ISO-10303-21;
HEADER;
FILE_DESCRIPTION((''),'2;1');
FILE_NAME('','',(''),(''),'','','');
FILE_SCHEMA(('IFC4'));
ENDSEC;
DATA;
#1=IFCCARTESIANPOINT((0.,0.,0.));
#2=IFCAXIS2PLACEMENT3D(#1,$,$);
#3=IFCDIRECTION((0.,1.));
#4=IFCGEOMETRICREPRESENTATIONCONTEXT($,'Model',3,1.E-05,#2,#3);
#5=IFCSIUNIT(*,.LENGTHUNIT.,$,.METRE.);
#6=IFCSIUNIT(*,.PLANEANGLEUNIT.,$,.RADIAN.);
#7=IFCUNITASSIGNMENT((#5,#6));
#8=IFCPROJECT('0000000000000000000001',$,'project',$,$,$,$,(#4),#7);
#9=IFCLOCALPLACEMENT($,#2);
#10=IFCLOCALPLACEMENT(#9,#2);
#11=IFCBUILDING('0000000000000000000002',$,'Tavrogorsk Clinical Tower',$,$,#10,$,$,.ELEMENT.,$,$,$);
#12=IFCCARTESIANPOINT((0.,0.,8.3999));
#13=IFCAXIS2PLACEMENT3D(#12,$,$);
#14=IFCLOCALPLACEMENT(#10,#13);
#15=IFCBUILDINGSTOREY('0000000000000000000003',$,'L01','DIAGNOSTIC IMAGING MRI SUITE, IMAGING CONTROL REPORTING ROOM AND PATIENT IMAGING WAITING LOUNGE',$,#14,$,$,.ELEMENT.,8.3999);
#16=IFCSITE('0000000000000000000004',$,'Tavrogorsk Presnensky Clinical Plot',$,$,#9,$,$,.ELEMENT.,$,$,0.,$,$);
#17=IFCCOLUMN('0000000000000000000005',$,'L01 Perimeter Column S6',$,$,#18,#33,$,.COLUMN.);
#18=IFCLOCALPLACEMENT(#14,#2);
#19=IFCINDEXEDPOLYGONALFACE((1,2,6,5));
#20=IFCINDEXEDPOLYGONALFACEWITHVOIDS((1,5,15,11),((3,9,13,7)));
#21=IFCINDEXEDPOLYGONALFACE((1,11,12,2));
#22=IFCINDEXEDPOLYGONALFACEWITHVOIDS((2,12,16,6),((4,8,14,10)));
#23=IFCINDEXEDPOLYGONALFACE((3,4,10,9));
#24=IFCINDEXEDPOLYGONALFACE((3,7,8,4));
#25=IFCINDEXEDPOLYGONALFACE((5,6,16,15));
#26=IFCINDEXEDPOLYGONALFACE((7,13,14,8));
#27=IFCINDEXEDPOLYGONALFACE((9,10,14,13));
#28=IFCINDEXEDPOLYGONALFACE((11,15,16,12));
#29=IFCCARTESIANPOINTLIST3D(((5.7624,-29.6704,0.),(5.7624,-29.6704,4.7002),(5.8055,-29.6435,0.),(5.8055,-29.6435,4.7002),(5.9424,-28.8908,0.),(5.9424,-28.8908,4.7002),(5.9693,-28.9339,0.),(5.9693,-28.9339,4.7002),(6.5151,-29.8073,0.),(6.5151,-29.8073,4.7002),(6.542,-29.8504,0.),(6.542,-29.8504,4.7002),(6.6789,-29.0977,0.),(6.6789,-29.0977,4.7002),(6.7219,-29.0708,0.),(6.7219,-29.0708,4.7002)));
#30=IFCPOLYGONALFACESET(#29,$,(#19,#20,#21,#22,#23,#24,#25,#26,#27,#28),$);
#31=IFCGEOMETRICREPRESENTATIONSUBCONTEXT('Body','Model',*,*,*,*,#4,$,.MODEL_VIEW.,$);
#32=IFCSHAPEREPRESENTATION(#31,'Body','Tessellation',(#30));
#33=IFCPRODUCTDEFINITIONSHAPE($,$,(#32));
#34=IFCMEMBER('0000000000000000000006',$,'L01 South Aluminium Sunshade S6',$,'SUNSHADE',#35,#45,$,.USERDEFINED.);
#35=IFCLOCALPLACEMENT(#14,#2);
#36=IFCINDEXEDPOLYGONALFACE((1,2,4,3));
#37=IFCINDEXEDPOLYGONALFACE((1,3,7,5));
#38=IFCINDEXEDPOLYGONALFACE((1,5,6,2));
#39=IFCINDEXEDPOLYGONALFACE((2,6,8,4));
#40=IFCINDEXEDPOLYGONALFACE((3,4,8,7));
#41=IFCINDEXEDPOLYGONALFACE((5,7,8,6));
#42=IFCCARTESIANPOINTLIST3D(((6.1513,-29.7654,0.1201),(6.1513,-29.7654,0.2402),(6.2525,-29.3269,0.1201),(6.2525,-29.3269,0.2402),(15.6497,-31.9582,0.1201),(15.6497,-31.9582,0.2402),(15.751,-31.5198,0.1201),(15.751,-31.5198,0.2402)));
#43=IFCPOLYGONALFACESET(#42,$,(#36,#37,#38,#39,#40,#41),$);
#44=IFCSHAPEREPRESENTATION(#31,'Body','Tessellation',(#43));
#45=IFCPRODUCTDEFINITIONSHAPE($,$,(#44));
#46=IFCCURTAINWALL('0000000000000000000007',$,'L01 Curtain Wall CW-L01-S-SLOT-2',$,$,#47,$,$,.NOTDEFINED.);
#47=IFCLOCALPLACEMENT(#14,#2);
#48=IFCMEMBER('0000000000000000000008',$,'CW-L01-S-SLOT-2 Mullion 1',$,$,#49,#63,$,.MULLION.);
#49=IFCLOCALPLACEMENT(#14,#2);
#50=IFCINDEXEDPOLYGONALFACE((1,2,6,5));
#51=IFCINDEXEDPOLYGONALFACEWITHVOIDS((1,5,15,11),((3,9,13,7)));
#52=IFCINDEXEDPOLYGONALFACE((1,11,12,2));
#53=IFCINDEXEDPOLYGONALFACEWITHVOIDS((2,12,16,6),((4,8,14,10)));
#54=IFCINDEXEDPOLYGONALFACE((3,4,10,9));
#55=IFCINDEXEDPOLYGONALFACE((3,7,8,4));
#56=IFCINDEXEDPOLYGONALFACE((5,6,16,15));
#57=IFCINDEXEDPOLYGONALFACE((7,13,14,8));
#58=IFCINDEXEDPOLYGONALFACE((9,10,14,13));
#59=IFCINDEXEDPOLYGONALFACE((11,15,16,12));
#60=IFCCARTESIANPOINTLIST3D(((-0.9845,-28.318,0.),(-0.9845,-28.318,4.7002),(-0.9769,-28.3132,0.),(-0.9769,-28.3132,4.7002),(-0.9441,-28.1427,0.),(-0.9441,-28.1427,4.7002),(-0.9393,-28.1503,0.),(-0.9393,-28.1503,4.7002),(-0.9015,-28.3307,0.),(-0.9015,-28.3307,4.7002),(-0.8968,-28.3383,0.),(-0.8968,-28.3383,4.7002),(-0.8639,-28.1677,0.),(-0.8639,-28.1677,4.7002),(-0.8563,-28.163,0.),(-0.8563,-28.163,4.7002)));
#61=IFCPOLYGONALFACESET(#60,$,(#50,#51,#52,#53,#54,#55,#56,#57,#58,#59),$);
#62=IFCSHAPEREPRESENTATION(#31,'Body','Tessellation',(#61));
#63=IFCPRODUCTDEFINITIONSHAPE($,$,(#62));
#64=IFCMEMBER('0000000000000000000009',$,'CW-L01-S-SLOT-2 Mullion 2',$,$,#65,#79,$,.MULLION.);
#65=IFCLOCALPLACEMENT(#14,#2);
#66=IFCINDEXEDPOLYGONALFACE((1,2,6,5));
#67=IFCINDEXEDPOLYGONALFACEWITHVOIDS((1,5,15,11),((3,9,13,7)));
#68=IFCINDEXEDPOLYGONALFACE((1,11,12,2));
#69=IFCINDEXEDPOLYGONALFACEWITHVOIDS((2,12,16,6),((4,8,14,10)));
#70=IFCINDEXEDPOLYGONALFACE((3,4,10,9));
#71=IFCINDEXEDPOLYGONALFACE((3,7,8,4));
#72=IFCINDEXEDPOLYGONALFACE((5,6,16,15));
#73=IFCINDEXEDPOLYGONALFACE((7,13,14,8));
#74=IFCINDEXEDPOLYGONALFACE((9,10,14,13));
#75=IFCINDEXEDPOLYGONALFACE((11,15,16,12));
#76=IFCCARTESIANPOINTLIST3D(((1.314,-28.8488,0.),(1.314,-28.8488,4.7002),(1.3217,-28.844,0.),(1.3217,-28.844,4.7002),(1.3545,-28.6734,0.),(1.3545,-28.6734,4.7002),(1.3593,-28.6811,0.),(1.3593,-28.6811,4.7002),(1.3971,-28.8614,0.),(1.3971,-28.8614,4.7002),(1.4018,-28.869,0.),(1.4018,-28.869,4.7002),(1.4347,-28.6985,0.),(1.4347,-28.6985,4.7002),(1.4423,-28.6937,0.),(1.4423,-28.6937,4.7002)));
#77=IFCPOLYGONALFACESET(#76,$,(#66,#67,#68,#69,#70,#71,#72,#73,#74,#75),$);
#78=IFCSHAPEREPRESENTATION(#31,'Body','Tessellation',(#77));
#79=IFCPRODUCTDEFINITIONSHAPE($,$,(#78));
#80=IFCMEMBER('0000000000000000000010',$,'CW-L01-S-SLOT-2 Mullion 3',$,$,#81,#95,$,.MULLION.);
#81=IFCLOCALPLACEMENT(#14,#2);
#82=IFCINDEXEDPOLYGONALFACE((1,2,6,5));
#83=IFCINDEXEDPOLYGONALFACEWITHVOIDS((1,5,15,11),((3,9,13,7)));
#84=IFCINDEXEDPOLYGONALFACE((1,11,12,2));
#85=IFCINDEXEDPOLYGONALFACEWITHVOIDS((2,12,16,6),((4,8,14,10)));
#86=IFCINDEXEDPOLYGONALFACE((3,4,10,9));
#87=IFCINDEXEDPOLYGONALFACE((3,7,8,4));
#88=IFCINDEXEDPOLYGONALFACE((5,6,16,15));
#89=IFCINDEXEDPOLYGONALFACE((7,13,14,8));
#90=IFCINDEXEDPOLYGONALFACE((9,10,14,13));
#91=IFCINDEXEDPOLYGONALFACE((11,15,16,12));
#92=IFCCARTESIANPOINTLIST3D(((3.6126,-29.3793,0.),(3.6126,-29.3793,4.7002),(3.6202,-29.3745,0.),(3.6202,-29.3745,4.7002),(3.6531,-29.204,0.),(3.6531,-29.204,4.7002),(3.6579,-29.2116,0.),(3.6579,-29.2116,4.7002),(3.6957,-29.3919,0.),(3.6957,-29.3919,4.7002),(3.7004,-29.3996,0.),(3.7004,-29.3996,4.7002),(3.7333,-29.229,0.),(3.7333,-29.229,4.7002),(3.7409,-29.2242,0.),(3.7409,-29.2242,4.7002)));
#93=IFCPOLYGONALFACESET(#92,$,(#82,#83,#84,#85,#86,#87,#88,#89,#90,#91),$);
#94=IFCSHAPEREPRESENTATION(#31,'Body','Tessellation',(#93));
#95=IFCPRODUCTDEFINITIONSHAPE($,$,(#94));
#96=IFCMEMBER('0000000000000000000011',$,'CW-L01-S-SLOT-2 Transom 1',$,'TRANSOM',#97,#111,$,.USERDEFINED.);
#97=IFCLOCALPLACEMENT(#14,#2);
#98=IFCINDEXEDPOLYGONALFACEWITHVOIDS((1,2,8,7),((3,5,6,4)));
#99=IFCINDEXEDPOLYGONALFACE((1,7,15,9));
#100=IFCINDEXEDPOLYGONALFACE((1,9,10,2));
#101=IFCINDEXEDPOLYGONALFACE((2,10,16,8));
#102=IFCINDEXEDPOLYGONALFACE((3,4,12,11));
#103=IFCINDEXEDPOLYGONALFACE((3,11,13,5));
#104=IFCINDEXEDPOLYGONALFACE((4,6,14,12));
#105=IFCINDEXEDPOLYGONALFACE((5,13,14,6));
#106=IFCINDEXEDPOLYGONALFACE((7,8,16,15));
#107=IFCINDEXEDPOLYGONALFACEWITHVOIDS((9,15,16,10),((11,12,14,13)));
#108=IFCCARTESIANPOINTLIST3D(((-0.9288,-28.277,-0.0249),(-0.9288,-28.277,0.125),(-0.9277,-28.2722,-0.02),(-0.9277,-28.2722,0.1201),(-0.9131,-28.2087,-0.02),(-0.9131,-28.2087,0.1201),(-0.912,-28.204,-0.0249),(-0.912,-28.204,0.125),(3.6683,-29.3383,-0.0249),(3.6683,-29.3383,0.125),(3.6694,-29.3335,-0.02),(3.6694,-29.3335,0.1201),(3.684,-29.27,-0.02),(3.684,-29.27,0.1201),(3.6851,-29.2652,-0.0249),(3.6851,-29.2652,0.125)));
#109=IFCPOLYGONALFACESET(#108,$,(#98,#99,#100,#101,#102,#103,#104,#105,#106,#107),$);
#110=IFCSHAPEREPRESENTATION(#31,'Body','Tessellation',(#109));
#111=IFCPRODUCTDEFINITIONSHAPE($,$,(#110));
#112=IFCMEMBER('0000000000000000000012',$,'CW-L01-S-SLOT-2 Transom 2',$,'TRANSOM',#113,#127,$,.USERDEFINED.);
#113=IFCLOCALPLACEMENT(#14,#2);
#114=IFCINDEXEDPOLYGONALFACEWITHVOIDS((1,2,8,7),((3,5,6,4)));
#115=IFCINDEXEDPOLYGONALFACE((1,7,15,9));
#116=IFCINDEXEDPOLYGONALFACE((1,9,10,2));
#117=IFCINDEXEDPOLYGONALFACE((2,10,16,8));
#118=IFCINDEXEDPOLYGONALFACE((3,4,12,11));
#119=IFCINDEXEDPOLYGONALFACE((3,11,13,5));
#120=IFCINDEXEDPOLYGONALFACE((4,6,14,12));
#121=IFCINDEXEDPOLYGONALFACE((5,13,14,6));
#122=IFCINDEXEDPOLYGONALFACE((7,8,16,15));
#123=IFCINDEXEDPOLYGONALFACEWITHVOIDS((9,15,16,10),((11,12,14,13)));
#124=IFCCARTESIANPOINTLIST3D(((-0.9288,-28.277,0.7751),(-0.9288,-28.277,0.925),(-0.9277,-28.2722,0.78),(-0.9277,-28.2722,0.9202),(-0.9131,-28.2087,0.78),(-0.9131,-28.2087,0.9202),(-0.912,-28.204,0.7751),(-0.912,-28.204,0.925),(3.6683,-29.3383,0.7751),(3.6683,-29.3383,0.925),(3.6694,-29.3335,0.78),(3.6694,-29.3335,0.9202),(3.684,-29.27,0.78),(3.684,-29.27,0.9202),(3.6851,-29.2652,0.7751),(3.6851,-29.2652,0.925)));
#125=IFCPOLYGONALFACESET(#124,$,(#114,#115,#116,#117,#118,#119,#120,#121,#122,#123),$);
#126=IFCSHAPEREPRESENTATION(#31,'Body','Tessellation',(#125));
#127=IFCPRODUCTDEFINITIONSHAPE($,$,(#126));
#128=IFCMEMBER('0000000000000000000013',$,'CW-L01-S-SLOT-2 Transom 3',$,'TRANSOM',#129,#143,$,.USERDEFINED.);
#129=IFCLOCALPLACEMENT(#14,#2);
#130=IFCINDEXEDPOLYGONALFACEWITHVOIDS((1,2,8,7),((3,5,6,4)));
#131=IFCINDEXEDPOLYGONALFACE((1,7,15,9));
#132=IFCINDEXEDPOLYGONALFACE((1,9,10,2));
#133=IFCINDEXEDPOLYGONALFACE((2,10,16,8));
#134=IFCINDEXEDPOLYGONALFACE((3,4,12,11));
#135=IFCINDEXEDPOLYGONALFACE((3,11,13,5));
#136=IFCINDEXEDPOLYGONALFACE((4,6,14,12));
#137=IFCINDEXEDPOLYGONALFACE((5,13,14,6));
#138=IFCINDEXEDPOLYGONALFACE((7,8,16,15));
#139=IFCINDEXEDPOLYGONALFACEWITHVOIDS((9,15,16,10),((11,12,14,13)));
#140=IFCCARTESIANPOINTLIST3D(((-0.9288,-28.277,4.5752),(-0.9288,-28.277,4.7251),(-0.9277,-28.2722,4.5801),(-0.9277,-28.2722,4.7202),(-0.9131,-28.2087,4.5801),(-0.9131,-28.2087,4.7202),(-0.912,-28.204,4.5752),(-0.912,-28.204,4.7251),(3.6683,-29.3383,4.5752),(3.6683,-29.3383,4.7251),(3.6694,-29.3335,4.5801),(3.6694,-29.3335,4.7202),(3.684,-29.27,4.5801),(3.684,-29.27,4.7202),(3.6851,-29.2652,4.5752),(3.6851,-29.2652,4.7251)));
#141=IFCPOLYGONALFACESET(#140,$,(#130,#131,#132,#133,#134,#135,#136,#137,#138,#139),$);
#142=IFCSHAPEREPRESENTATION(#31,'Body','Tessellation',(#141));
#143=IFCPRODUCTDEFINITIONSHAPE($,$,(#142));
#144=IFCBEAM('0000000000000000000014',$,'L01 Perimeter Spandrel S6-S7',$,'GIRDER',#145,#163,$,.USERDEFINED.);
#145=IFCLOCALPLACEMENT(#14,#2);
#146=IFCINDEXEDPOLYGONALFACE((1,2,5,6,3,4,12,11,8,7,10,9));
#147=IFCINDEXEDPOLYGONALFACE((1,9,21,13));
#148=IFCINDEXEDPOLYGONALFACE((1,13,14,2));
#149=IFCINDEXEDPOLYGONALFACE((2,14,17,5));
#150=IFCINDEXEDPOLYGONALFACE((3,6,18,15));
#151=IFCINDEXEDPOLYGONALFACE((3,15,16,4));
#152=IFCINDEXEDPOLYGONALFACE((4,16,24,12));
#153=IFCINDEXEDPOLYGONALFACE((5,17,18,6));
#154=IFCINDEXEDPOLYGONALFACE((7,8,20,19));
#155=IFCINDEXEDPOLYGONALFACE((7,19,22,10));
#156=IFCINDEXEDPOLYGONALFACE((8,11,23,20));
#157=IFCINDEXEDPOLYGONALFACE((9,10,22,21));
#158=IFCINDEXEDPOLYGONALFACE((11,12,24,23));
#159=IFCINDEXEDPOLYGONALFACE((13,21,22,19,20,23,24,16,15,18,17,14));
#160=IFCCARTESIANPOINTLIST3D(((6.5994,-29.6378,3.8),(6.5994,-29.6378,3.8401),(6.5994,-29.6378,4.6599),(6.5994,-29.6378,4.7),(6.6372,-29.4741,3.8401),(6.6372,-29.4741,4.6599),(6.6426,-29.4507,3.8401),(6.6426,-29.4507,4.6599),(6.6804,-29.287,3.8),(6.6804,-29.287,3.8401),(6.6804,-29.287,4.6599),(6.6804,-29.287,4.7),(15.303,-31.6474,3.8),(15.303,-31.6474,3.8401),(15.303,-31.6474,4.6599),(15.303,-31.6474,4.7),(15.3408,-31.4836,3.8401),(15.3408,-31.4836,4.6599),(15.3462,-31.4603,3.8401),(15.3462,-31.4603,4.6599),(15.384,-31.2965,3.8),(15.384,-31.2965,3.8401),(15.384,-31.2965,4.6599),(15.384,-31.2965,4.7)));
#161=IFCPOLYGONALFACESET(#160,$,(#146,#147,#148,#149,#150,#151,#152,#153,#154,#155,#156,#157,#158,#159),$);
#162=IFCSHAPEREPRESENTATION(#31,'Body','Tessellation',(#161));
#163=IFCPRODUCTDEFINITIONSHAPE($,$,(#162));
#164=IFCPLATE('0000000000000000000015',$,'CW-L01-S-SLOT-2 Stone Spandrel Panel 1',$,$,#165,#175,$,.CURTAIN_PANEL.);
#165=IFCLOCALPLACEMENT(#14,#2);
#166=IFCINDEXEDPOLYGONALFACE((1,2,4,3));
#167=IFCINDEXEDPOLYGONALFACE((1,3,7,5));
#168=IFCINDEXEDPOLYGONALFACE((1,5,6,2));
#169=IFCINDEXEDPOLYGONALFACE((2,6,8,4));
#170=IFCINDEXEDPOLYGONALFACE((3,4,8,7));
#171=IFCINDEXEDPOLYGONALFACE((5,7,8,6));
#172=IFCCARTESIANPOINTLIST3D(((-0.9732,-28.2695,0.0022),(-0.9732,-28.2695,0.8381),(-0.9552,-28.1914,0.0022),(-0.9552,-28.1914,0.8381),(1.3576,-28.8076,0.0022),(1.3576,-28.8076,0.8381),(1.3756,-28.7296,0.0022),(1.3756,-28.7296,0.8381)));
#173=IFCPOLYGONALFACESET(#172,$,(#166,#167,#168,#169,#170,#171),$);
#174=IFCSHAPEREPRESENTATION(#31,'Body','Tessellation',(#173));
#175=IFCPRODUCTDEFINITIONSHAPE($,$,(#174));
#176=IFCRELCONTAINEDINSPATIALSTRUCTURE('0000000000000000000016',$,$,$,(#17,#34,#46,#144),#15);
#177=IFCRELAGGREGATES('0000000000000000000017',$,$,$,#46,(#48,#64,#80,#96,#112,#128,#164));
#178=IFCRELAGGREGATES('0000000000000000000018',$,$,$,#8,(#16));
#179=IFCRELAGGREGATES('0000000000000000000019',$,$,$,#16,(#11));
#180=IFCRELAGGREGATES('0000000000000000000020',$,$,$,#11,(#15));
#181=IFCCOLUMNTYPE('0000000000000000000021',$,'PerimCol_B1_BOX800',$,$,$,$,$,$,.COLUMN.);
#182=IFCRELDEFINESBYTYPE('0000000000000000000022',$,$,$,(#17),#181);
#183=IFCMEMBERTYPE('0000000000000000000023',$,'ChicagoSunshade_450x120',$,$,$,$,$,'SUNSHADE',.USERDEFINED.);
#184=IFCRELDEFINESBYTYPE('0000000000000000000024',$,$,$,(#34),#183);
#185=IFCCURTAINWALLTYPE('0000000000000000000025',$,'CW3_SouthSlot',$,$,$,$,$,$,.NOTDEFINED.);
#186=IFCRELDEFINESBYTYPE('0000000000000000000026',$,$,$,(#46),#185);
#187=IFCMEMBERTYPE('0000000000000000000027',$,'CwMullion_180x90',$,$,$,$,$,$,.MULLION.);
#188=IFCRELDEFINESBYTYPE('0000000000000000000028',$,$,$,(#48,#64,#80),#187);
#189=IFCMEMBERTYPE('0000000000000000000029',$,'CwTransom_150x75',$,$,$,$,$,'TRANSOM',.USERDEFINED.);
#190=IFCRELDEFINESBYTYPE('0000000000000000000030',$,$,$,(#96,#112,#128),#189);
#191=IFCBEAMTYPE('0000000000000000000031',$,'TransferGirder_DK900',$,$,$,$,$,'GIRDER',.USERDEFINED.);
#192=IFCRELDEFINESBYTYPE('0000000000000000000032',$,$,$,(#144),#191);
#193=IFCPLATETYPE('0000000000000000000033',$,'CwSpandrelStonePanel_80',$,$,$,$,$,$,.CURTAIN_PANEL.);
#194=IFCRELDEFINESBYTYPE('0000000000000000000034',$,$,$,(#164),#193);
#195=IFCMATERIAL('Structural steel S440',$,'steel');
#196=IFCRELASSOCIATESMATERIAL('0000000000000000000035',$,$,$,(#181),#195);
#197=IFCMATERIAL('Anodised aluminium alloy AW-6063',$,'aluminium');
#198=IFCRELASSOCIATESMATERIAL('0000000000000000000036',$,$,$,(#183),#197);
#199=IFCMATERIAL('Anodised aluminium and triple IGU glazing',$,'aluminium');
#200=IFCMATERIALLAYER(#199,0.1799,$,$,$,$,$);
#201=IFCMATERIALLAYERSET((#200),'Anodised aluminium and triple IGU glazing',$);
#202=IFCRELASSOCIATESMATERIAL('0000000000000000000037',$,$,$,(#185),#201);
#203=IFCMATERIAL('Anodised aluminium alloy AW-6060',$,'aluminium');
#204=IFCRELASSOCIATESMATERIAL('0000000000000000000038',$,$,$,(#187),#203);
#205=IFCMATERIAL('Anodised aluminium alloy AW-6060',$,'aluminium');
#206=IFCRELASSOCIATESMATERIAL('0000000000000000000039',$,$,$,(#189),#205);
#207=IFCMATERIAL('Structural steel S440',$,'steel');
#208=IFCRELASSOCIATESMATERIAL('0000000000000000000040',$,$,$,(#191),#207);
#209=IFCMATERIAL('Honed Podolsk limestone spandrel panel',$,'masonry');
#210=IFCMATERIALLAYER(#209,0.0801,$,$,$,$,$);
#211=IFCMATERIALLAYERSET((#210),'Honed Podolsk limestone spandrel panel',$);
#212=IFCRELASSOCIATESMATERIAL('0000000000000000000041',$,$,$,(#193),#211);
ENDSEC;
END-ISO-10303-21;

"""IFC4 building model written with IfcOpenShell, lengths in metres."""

from ifc_helpers import new_model, si_unit, direction, frame, origin, origin_2d, place, context, subcontext, project, spatial, rectangle, hollow_rectangle, i_section, extrude, material, layer, layer_set, material_profile, profile_set, type_object, element, aggregate, save


model = new_model("IFC4")

# Units and contexts
model_context = context("Model", 3, precision=1e-05, world=origin(), true_north=direction((0.0, 1.0)))
body_context = subcontext(model_context, "Body", "Model", "MODEL_VIEW")
ifc_project = project(units=[si_unit("LENGTHUNIT", "METRE"), si_unit("PLANEANGLEUNIT", "RADIAN")], contexts=[model_context])

# Site, building, storey
site_placement = place(None, origin())
site = spatial("IfcSite", under=ifc_project, at=site_placement, Name="Tavrogorsk Presnensky Clinical Plot", CompositionType="ELEMENT", RefElevation=0.0)
building_placement = place(site_placement, origin())
building = spatial("IfcBuilding", under=site, at=building_placement, Name="Tavrogorsk Clinical Tower", CompositionType="ELEMENT")
storey_placement = place(building_placement, frame((0.0, 0.0, 8.3999)))
storey = spatial("IfcBuildingStorey", under=building, at=storey_placement, Name="L01", Description="DIAGNOSTIC IMAGING MRI SUITE, IMAGING CONTROL REPORTING ROOM AND PATIENT IMAGING WAITING LOUNGE", CompositionType="ELEMENT", Elevation=8.3999)

# Column
ifc_material_1 = material(Name="Structural steel S440", Category="steel")
ifc_material_profile_1 = material_profile(ifc_material_1, hollow_rectangle(XDim=0.8, YDim=0.8, WallThickness=0.0359, at=origin_2d()), Name="BOX-800x800x36")
ifc_profile_set_1 = profile_set([ifc_material_profile_1], Name="Structural steel S440")
column_type = type_object("IfcColumnType", Name="PerimCol_B1_BOX800", PredefinedType="COLUMN", material=ifc_profile_set_1)
column_placement = place(storey_placement, frame((6.2422, -29.3706, 0.0), z_axis=(0.0, 0.0, 1.0), x_axis=(0.97437, -0.224951, 0.0)))
element("IfcColumn", 1, at=column_placement, inside=storey, type_object=column_type, Name="L01 Perimeter Column S6", PredefinedType="COLUMN", context=body_context, shape_type="SweptSolid", body=[
    extrude(hollow_rectangle(XDim=0.8, YDim=0.8, WallThickness=0.0359, at=origin_2d()), origin(), (0.0, 0.0, 1.0), 4.7002),
])

# Member
ifc_material_2 = material(Name="Anodised aluminium alloy AW-6063", Category="aluminium")
ifc_material_profile_2 = material_profile(ifc_material_2, rectangle(XDim=0.45, YDim=0.1201, at=origin_2d()), Name="ALU-SUNSHADE-450x120")
ifc_profile_set_2 = profile_set([ifc_material_profile_2], Name="Anodised aluminium alloy AW-6063")
member_type_1 = type_object("IfcMemberType", Name="ChicagoSunshade_450x120", ElementType="SUNSHADE", PredefinedType="USERDEFINED", material=ifc_profile_set_2)
member_1_placement = place(storey_placement, frame((6.2019, -29.5461, 0.1802), z_axis=(0.974371, -0.224947, 0.0), x_axis=(0.224947, 0.974371, 0.0)))
element("IfcMember", 2, at=member_1_placement, inside=storey, type_object=member_type_1, Name="L01 South Aluminium Sunshade S6", ObjectType="SUNSHADE", PredefinedType="USERDEFINED", context=body_context, shape_type="SweptSolid", body=[
    extrude(rectangle(XDim=0.45, YDim=0.1201, at=origin_2d()), origin(), (0.0, 0.0, 1.0), 9.7483),
])

# Curtain wall, members
ifc_material_3 = material(Name="Anodised aluminium and triple IGU glazing", Category="aluminium")
ifc_layer_1 = layer(ifc_material_3, 0.1799)
ifc_layer_set_1 = layer_set([ifc_layer_1], Name="Anodised aluminium and triple IGU glazing")
curtain_wall_type = type_object("IfcCurtainWallType", Name="CW3_SouthSlot", PredefinedType="NOTDEFINED", material=ifc_layer_set_1)
curtain_wall_placement = place(storey_placement, origin())
curtain_wall = element("IfcCurtainWall", 3, at=curtain_wall_placement, inside=storey, type_object=curtain_wall_type, Name="L01 Curtain Wall CW-L01-S-SLOT-2", PredefinedType="NOTDEFINED")
ifc_material_4 = material(Name="Anodised aluminium alloy AW-6060", Category="aluminium")
ifc_material_profile_3 = material_profile(ifc_material_4, hollow_rectangle(XDim=0.0901, YDim=0.1799, WallThickness=0.0063, at=origin_2d()), Name="RHS-180x90x6.3")
ifc_profile_set_3 = profile_set([ifc_material_profile_3], Name="Anodised aluminium alloy AW-6060")
member_type_2 = type_object("IfcMemberType", Name="CwMullion_180x90", PredefinedType="MULLION", material=ifc_profile_set_3)
member_2_placement = place(storey_placement, frame((-0.9204, -28.2405, 0.0), z_axis=(0.0, 0.0, 1.0), x_axis=(0.97437, -0.224951, 0.0)))
member_2 = element("IfcMember", 4, at=member_2_placement, type_object=member_type_2, Name="CW-L01-S-SLOT-2 Mullion 1", PredefinedType="MULLION", context=body_context, shape_type="SweptSolid", body=[
    extrude(hollow_rectangle(XDim=0.0901, YDim=0.1799, WallThickness=0.0063, at=origin_2d()), origin(), (0.0, 0.0, 1.0), 4.7002),
])
member_3_placement = place(storey_placement, frame((1.3782, -28.7712, 0.0), z_axis=(0.0, 0.0, 1.0), x_axis=(0.97437, -0.224951, 0.0)))
member_3 = element("IfcMember", 5, at=member_3_placement, type_object=member_type_2, Name="CW-L01-S-SLOT-2 Mullion 2", PredefinedType="MULLION", context=body_context, shape_type="SweptSolid", body=[
    extrude(hollow_rectangle(XDim=0.0901, YDim=0.1799, WallThickness=0.0063, at=origin_2d()), origin(), (0.0, 0.0, 1.0), 4.7002),
])
member_4_placement = place(storey_placement, frame((3.6768, -29.3018, 0.0), z_axis=(0.0, 0.0, 1.0), x_axis=(0.97437, -0.224951, 0.0)))
member_4 = element("IfcMember", 6, at=member_4_placement, type_object=member_type_2, Name="CW-L01-S-SLOT-2 Mullion 3", PredefinedType="MULLION", context=body_context, shape_type="SweptSolid", body=[
    extrude(hollow_rectangle(XDim=0.0901, YDim=0.1799, WallThickness=0.0063, at=origin_2d()), origin(), (0.0, 0.0, 1.0), 4.7002),
])
ifc_material_5 = material(Name="Anodised aluminium alloy AW-6060", Category="aluminium")
ifc_material_profile_4 = material_profile(ifc_material_5, hollow_rectangle(XDim=0.075, YDim=0.1499, WallThickness=0.0049, at=origin_2d()), Name="RHS-150x75x5")
ifc_profile_set_4 = profile_set([ifc_material_profile_4], Name="Anodised aluminium alloy AW-6060")
member_type_3 = type_object("IfcMemberType", Name="CwTransom_150x75", ElementType="TRANSOM", PredefinedType="USERDEFINED", material=ifc_profile_set_4)
member_5_placement = place(storey_placement, frame((-0.9204, -28.2405, 0.05), z_axis=(0.974373, -0.224939, 0.0), x_axis=(0.224939, 0.974373, 0.0)))
member_5 = element("IfcMember", 7, at=member_5_placement, type_object=member_type_3, Name="CW-L01-S-SLOT-2 Transom 1", ObjectType="TRANSOM", PredefinedType="USERDEFINED", context=body_context, shape_type="SweptSolid", body=[
    extrude(hollow_rectangle(XDim=0.075, YDim=0.1499, WallThickness=0.0049, at=origin_2d()), origin(), (0.0, 0.0, 1.0), 4.718),
])
member_6_placement = place(storey_placement, frame((-0.9204, -28.2405, 0.8501), z_axis=(0.974373, -0.224939, 0.0), x_axis=(0.224939, 0.974373, 0.0)))
member_6 = element("IfcMember", 8, at=member_6_placement, type_object=member_type_3, Name="CW-L01-S-SLOT-2 Transom 2", ObjectType="TRANSOM", PredefinedType="USERDEFINED", context=body_context, shape_type="SweptSolid", body=[
    extrude(hollow_rectangle(XDim=0.075, YDim=0.1499, WallThickness=0.0049, at=origin_2d()), origin(), (0.0, 0.0, 1.0), 4.718),
])
member_7_placement = place(storey_placement, frame((-0.9204, -28.2405, 4.6501), z_axis=(0.974373, -0.224939, 0.0), x_axis=(0.224939, 0.974373, 0.0)))
member_7 = element("IfcMember", 9, at=member_7_placement, type_object=member_type_3, Name="CW-L01-S-SLOT-2 Transom 3", ObjectType="TRANSOM", PredefinedType="USERDEFINED", context=body_context, shape_type="SweptSolid", body=[
    extrude(hollow_rectangle(XDim=0.075, YDim=0.1499, WallThickness=0.0049, at=origin_2d()), origin(), (0.0, 0.0, 1.0), 4.718),
])

# Beam
ifc_material_6 = material(Name="Structural steel S440", Category="steel")
ifc_material_profile_5 = material_profile(ifc_material_6, i_section(OverallWidth=0.3601, OverallDepth=0.8999, WebThickness=0.0239, FlangeThickness=0.04, at=origin_2d()), Name="DK-900x360x24x40")
ifc_profile_set_5 = profile_set([ifc_material_profile_5], Name="Structural steel S440")
beam_type = type_object("IfcBeamType", Name="TransferGirder_DK900", ElementType="GIRDER", PredefinedType="USERDEFINED", material=ifc_profile_set_5)
beam_placement = place(storey_placement, frame((6.6399, -29.4624, 4.25), z_axis=(0.974367, -0.224965, 0.0), x_axis=(0.224965, 0.974367, 0.0)))
element("IfcBeam", 10, at=beam_placement, inside=storey, type_object=beam_type, Name="L01 Perimeter Spandrel S6-S7", ObjectType="GIRDER", PredefinedType="USERDEFINED", context=body_context, shape_type="SweptSolid", body=[
    extrude(i_section(OverallWidth=0.3601, OverallDepth=0.8999, WebThickness=0.0239, FlangeThickness=0.04, at=origin_2d()), origin(), (0.0, 0.0, 1.0), 8.9326),
])

# Plate
ifc_material_7 = material(Name="Honed Podolsk limestone spandrel panel", Category="masonry")
ifc_layer_2 = layer(ifc_material_7, 0.0801)
ifc_layer_set_2 = layer_set([ifc_layer_2], Name="Honed Podolsk limestone spandrel panel")
plate_type_1 = type_object("IfcPlateType", Name="CwSpandrelStonePanel_80", PredefinedType="CURTAIN_PANEL", material=ifc_layer_set_2)
plate_1_placement = place(storey_placement, frame((0.2012, -28.4995, 0.0022), z_axis=(0.0, 0.0, 1.0), x_axis=(0.97437, -0.224951, 0.0)))
plate_1 = element("IfcPlate", 11, at=plate_1_placement, type_object=plate_type_1, Name="CW-L01-S-SLOT-2 Stone Spandrel Panel 1", PredefinedType="CURTAIN_PANEL", context=body_context, shape_type="SweptSolid", body=[
    extrude(rectangle(XDim=2.3921, YDim=0.0801, at=origin_2d()), origin(), (0.0, 0.0, 1.0), 0.8359),
])
aggregate(curtain_wall, [member_2, member_3, member_4, member_5, member_6, member_7, plate_1])

save(model, "model.ifc")
